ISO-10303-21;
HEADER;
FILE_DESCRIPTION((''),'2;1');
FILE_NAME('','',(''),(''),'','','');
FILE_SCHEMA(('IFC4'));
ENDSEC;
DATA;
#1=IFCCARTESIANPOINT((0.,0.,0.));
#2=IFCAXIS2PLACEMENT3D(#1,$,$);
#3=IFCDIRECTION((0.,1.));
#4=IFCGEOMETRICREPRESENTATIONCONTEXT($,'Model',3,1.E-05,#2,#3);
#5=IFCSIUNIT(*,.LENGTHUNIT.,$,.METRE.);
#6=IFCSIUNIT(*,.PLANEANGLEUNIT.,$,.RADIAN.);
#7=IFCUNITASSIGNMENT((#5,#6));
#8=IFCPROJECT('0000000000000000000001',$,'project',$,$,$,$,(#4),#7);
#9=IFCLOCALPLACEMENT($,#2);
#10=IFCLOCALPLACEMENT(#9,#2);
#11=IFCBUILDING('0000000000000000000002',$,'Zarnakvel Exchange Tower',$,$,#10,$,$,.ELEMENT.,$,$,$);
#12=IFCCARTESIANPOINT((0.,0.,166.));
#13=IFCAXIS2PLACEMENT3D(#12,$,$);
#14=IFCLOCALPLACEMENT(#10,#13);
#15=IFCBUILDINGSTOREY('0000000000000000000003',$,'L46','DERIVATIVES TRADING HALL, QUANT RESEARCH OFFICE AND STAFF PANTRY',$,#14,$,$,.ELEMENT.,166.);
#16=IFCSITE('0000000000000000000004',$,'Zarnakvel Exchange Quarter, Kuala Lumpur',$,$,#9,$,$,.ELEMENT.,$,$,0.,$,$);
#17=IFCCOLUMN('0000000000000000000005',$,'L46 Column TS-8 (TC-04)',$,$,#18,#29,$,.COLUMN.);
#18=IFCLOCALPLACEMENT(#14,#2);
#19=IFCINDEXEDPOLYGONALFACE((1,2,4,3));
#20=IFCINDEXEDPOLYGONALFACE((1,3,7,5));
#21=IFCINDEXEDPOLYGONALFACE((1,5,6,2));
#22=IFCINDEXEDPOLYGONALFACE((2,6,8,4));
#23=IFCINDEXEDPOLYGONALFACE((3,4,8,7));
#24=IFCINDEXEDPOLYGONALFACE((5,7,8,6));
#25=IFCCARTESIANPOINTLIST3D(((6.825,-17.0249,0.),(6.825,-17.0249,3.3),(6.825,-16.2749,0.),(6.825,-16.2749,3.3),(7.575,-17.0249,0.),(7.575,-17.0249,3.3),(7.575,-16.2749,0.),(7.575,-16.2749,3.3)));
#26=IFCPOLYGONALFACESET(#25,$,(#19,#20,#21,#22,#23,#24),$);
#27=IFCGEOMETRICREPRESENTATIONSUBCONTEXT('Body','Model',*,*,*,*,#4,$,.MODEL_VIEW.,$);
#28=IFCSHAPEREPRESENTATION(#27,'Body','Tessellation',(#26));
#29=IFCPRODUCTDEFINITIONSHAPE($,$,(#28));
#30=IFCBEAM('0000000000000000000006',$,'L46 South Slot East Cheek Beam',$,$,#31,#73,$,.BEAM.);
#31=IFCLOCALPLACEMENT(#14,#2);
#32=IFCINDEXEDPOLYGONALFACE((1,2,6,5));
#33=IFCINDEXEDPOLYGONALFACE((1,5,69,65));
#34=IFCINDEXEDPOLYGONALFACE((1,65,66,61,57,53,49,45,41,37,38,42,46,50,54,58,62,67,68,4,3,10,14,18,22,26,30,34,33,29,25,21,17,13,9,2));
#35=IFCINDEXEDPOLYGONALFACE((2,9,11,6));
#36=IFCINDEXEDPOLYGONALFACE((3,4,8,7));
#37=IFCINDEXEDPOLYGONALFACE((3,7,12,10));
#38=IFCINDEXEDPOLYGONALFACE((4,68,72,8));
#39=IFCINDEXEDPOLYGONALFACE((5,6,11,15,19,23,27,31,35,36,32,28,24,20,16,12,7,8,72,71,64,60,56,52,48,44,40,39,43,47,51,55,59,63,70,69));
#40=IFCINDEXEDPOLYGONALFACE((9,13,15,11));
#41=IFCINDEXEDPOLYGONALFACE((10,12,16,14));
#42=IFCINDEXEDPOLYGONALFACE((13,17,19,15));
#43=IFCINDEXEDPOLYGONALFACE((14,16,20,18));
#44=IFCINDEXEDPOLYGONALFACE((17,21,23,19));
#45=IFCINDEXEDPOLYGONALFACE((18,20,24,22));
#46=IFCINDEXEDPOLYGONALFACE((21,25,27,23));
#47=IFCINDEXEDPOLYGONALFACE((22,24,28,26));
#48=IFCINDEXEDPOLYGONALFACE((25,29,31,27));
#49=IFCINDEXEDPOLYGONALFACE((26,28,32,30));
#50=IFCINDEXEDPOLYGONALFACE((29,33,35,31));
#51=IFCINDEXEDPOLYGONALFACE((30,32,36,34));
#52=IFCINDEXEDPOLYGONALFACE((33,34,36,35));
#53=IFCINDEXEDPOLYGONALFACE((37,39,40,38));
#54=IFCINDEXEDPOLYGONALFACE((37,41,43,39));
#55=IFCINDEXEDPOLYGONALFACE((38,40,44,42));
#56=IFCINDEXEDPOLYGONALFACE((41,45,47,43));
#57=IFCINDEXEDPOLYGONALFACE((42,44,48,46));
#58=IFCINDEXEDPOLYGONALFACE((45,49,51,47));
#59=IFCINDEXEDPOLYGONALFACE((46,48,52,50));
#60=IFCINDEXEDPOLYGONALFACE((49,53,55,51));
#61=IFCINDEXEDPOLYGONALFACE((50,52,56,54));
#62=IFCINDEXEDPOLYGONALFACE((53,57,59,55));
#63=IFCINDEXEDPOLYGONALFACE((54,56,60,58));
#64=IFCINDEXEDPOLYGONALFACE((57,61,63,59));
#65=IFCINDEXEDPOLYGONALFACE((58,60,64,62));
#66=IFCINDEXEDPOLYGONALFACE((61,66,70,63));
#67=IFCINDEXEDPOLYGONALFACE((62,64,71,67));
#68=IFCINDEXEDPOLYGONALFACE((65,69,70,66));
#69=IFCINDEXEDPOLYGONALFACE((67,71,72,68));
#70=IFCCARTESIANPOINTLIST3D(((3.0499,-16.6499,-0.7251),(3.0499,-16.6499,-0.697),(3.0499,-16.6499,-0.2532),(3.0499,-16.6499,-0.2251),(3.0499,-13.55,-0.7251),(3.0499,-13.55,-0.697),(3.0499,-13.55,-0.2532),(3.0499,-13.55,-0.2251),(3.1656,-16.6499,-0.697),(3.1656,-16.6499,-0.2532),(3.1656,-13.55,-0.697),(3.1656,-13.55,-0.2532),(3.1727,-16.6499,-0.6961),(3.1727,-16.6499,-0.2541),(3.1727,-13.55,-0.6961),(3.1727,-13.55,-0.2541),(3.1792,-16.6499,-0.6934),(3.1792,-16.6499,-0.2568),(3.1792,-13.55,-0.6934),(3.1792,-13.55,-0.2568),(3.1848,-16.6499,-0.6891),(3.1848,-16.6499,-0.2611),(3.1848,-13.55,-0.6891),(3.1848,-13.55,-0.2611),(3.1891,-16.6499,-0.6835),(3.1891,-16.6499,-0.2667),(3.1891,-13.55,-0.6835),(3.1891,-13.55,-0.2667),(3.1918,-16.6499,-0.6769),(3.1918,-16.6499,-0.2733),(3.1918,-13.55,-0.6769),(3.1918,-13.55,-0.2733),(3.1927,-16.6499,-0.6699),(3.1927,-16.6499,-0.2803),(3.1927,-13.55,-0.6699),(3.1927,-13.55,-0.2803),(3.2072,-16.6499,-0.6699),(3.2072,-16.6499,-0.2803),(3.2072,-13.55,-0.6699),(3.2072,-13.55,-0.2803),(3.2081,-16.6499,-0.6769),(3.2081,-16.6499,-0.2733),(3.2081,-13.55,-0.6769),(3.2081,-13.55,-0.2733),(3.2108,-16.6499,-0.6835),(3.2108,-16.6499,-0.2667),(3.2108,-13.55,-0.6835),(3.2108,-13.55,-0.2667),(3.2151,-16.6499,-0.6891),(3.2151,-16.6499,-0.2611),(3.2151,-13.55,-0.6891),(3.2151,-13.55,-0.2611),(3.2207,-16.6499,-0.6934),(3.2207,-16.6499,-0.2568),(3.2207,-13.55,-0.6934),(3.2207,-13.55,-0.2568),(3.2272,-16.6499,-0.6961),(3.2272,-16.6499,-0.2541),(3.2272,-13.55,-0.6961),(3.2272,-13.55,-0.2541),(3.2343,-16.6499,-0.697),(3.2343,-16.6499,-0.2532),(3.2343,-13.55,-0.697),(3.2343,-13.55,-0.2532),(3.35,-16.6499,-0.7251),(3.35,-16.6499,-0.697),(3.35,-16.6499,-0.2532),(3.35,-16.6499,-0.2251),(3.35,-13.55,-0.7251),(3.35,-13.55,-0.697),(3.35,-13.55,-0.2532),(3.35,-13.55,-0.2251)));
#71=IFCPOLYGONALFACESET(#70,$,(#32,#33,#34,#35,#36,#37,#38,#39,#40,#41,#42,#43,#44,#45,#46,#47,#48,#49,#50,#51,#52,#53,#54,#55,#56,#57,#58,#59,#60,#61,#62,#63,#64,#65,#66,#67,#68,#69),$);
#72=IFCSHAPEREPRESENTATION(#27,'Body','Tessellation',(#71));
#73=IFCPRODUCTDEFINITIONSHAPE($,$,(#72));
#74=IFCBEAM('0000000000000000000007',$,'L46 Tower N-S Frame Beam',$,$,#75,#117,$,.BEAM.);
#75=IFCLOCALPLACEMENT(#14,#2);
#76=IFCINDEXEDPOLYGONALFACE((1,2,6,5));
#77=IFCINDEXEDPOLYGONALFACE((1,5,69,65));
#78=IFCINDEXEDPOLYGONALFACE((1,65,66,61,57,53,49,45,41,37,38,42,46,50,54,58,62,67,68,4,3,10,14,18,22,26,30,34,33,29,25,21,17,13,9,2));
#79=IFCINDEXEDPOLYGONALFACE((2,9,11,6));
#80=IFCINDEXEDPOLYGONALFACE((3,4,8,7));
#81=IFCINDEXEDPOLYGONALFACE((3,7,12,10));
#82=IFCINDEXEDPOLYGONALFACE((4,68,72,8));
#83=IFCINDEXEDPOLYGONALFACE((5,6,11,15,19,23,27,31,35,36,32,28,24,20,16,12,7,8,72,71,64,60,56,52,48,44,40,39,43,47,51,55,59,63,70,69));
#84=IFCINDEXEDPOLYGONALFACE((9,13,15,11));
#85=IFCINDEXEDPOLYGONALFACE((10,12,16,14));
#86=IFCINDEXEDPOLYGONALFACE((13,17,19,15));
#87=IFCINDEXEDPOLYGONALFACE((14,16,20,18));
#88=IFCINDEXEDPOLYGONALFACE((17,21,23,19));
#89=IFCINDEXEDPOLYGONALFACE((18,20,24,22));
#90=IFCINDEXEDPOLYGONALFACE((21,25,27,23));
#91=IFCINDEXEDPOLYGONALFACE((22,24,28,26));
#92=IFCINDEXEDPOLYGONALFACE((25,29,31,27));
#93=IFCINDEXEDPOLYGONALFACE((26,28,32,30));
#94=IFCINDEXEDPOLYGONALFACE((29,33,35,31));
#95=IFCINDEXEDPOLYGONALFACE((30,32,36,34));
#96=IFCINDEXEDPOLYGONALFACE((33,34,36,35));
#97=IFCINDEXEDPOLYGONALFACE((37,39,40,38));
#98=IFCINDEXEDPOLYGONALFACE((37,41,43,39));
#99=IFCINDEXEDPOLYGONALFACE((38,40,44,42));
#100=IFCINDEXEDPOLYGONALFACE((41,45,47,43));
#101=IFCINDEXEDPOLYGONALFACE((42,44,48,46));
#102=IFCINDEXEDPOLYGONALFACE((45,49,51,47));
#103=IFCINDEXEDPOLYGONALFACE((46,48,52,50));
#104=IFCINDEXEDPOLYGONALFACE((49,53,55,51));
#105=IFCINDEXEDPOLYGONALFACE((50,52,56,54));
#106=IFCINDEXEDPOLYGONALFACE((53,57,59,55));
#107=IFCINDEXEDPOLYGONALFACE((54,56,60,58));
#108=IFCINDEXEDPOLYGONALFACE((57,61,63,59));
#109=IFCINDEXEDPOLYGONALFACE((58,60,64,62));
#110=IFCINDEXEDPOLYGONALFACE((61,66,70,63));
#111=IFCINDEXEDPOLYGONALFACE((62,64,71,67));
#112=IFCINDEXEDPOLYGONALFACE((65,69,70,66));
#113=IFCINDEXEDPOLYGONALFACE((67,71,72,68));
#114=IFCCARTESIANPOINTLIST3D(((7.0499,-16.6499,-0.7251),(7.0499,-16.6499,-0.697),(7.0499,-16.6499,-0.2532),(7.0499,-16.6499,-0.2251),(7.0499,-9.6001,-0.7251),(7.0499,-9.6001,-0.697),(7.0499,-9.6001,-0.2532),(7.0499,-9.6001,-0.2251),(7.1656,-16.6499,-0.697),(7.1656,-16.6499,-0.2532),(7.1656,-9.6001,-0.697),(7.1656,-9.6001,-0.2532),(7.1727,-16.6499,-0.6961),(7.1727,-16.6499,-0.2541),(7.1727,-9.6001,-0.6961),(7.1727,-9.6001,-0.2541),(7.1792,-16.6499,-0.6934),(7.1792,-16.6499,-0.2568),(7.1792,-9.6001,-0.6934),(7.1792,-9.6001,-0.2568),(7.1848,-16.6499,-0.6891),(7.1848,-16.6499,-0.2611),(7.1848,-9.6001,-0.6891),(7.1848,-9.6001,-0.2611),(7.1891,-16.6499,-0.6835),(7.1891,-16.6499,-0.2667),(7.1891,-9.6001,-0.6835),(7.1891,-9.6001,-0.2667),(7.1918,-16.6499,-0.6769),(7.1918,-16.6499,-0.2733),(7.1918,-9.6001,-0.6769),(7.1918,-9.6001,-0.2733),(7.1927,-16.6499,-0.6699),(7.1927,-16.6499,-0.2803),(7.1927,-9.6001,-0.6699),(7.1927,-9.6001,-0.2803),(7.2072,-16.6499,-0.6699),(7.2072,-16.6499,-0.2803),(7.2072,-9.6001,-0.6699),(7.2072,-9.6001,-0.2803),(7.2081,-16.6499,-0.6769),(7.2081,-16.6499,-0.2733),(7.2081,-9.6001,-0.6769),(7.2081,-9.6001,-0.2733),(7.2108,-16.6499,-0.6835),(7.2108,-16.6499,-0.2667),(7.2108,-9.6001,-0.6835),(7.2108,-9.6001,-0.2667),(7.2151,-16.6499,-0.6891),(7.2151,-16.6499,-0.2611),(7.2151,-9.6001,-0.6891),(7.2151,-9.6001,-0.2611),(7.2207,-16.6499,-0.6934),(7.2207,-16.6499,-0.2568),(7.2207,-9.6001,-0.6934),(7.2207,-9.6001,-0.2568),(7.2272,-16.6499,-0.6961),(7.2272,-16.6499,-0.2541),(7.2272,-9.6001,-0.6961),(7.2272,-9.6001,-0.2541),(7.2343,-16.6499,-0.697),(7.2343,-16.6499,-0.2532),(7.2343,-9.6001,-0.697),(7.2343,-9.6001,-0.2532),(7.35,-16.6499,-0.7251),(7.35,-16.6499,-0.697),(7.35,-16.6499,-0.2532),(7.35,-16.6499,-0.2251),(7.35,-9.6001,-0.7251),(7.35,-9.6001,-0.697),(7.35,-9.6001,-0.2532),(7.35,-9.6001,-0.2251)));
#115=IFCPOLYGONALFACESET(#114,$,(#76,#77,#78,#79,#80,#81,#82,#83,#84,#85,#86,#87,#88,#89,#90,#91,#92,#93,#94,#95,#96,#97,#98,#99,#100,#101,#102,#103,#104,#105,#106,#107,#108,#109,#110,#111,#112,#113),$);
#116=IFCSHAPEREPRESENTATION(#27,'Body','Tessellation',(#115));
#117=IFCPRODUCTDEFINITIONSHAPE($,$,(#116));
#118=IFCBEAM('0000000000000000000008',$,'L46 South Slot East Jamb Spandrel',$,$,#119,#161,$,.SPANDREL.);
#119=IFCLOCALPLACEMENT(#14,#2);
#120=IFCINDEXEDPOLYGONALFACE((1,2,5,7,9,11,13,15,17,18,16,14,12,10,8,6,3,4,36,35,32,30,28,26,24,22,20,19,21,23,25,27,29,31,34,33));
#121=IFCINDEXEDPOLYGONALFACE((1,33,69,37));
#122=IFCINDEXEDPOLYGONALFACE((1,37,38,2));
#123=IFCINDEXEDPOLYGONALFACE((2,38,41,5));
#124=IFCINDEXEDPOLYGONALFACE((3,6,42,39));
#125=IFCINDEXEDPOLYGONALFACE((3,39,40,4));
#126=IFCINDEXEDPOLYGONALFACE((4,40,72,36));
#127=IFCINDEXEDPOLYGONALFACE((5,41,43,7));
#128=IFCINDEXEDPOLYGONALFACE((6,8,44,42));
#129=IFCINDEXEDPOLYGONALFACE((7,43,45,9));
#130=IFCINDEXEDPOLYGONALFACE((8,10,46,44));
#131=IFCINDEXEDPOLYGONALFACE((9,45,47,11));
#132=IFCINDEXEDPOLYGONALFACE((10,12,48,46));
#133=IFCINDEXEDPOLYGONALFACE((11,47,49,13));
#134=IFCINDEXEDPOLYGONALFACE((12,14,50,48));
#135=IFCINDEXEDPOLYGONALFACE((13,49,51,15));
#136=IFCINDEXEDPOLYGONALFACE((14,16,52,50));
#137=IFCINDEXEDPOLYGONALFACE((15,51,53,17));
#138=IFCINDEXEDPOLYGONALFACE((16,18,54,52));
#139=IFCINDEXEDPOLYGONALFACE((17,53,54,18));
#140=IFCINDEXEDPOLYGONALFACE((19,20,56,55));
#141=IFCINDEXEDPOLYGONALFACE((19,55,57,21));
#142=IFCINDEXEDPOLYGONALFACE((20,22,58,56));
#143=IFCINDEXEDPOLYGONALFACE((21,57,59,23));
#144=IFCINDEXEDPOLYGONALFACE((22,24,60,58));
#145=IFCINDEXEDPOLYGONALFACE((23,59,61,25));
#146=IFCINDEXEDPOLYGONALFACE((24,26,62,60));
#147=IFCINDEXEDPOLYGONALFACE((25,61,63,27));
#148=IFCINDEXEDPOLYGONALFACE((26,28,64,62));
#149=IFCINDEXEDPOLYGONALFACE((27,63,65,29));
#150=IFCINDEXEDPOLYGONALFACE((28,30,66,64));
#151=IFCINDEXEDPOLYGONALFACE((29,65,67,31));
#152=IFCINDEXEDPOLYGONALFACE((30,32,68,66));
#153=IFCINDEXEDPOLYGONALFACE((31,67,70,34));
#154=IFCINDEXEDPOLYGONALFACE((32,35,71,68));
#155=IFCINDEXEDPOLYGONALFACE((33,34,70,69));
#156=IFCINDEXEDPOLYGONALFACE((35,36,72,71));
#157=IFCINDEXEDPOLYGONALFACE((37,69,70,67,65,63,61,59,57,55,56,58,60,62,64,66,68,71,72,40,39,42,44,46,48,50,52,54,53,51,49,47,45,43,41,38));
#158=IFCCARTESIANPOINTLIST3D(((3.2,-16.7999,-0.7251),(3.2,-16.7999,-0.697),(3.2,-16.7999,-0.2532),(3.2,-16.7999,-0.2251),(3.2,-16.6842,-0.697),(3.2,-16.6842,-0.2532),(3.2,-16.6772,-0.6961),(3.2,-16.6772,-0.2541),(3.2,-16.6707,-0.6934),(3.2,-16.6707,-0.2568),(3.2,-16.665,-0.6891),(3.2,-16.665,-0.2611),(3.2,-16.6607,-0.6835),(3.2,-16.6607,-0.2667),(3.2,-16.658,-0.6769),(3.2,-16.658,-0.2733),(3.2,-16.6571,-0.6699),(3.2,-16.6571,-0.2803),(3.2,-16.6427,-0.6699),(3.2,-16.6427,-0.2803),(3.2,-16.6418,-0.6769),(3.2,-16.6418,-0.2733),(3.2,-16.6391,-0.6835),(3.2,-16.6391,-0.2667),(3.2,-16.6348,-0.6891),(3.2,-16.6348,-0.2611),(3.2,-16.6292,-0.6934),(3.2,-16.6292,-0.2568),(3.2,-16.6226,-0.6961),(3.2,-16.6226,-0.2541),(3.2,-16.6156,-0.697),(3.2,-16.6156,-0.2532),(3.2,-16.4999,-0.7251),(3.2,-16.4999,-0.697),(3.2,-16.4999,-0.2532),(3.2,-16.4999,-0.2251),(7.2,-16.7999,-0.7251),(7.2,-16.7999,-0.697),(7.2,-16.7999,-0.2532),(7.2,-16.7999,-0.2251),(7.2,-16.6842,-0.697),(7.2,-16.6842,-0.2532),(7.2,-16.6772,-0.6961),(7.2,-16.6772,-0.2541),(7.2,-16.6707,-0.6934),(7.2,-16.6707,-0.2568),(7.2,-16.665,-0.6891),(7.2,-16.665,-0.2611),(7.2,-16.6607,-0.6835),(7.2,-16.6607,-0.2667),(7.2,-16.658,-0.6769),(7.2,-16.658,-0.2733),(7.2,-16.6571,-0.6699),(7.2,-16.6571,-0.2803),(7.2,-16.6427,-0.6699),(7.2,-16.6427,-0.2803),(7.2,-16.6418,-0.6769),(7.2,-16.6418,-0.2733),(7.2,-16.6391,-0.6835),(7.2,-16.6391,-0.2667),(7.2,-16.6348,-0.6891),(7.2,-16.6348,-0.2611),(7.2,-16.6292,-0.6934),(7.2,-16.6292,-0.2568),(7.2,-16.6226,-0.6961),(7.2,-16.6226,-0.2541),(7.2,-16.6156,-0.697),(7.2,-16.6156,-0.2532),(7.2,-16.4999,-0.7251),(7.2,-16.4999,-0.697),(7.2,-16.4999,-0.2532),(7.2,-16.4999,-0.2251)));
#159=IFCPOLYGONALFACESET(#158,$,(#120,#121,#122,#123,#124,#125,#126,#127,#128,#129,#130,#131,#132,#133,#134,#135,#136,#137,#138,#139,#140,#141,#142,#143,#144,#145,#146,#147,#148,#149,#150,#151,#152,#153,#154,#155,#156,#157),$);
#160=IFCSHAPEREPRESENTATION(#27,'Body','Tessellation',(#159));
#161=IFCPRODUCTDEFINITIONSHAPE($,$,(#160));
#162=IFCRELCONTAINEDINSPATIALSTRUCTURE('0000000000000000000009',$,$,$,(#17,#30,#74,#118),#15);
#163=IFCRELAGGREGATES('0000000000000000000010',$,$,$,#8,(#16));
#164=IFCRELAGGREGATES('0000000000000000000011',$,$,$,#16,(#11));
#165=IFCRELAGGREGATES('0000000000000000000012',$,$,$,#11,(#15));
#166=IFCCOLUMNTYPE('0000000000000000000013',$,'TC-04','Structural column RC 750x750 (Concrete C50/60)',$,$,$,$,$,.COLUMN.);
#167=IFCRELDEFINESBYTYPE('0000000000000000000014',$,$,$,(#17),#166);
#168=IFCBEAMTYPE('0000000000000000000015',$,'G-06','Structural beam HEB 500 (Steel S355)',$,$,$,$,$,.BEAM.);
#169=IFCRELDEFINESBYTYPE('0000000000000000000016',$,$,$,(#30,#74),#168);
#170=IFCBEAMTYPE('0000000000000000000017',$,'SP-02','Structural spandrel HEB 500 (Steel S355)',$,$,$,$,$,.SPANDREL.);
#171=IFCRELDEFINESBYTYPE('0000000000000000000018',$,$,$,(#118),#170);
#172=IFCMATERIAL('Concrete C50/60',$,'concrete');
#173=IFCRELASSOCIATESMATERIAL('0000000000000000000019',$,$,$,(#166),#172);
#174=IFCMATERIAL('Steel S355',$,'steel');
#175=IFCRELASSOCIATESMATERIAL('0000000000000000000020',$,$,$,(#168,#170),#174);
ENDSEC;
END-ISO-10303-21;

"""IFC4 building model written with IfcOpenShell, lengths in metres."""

from ifc_helpers import new_model, si_unit, direction, frame, origin, origin_2d, place, context, subcontext, project, spatial, rectangle, i_section, extrude, material, material_profile, profile_set, type_object, element, save


model = new_model("IFC4")

# Units and contexts
model_context = context("Model", 3, precision=1e-05, world=origin(), true_north=direction((0.0, 1.0)))
body_context = subcontext(model_context, "Body", "Model", "MODEL_VIEW")
ifc_project = project(units=[si_unit("LENGTHUNIT", "METRE"), si_unit("PLANEANGLEUNIT", "RADIAN")], contexts=[model_context])

# Site, building, storey
site_placement = place(None, origin())
site = spatial("IfcSite", under=ifc_project, at=site_placement, Name="Zarnakvel Exchange Quarter, Kuala Lumpur", CompositionType="ELEMENT", RefElevation=0.0)
building_placement = place(site_placement, origin())
building = spatial("IfcBuilding", under=site, at=building_placement, Name="Zarnakvel Exchange Tower", CompositionType="ELEMENT")
storey_placement = place(building_placement, frame((0.0, 0.0, 166.0)))
storey = spatial("IfcBuildingStorey", under=building, at=storey_placement, Name="L46", Description="DERIVATIVES TRADING HALL, QUANT RESEARCH OFFICE AND STAFF PANTRY", CompositionType="ELEMENT", Elevation=166.0)

# Column
ifc_material_1 = material(Name="Concrete C50/60", Category="concrete")
ifc_material_profile_1 = material_profile(ifc_material_1, rectangle(XDim=0.75, YDim=0.75, at=origin_2d()))
ifc_profile_set_1 = profile_set([ifc_material_profile_1], Name="Concrete C50/60")
column_type = type_object("IfcColumnType", Name="TC-04", Description="Structural column RC 750x750 (Concrete C50/60)", PredefinedType="COLUMN", material=ifc_profile_set_1)
column_placement = place(storey_placement, frame((7.2, -16.6499, 0.0), z_axis=(0.0, 0.0, 1.0), x_axis=(1.0, 0.0, 0.0)))
element("IfcColumn", 1, at=column_placement, inside=storey, type_object=column_type, Name="L46 Column TS-8 (TC-04)", PredefinedType="COLUMN", context=body_context, shape_type="SweptSolid", body=[
    extrude(rectangle(XDim=0.75, YDim=0.75, at=origin_2d()), origin(), (0.0, 0.0, 1.0), 3.3),
])

# Beams
ifc_material_2 = material(Name="Steel S355", Category="steel")
ifc_material_profile_2 = material_profile(ifc_material_2, i_section(OverallWidth=0.3, OverallDepth=0.5, WebThickness=0.0144, FlangeThickness=0.0281, FilletRadius=0.0271, at=origin_2d()))
ifc_profile_set_2 = profile_set([ifc_material_profile_2], Name="Steel S355")
beam_type_1 = type_object("IfcBeamType", Name="G-06", Description="Structural beam HEB 500 (Steel S355)", PredefinedType="BEAM", material=ifc_profile_set_2)
beam_1_placement = place(storey_placement, frame((3.2, -16.6499, -0.4751), z_axis=(0.0, 1.0, 0.0), x_axis=(-1.0, 0.0, 0.0)))
element("IfcBeam", 2, at=beam_1_placement, inside=storey, type_object=beam_type_1, Name="L46 South Slot East Cheek Beam", PredefinedType="BEAM", context=body_context, shape_type="SweptSolid", body=[
    extrude(i_section(OverallWidth=0.3, OverallDepth=0.5, WebThickness=0.0144, FlangeThickness=0.0281, FilletRadius=0.0271, at=origin_2d()), origin(), (0.0, 0.0, 1.0), 3.0999),
])
beam_2_placement = place(storey_placement, frame((7.2, -16.6499, -0.4751), z_axis=(0.0, 1.0, 0.0), x_axis=(-1.0, 0.0, 0.0)))
element("IfcBeam", 3, at=beam_2_placement, inside=storey, type_object=beam_type_1, Name="L46 Tower N-S Frame Beam", PredefinedType="BEAM", context=body_context, shape_type="SweptSolid", body=[
    extrude(i_section(OverallWidth=0.3, OverallDepth=0.5, WebThickness=0.0144, FlangeThickness=0.0281, FilletRadius=0.0271, at=origin_2d()), origin(), (0.0, 0.0, 1.0), 7.0498),
])
ifc_material_profile_3 = material_profile(ifc_material_2, i_section(OverallWidth=0.3, OverallDepth=0.5, WebThickness=0.0144, FlangeThickness=0.0281, FilletRadius=0.0271, at=origin_2d()))
ifc_profile_set_3 = profile_set([ifc_material_profile_3], Name="Steel S355")
beam_type_2 = type_object("IfcBeamType", Name="SP-02", Description="Structural spandrel HEB 500 (Steel S355)", PredefinedType="SPANDREL", material=ifc_profile_set_3)
beam_3_placement = place(storey_placement, frame((3.2, -16.6499, -0.4751), z_axis=(1.0, 0.0, 0.0), x_axis=(0.0, 1.0, 0.0)))
element("IfcBeam", 4, at=beam_3_placement, inside=storey, type_object=beam_type_2, Name="L46 South Slot East Jamb Spandrel", PredefinedType="SPANDREL", context=body_context, shape_type="SweptSolid", body=[
    extrude(i_section(OverallWidth=0.3, OverallDepth=0.5, WebThickness=0.0144, FlangeThickness=0.0281, FilletRadius=0.0271, at=origin_2d()), origin(), (0.0, 0.0, 1.0), 4.0),
])

save(model, "model.ifc")
